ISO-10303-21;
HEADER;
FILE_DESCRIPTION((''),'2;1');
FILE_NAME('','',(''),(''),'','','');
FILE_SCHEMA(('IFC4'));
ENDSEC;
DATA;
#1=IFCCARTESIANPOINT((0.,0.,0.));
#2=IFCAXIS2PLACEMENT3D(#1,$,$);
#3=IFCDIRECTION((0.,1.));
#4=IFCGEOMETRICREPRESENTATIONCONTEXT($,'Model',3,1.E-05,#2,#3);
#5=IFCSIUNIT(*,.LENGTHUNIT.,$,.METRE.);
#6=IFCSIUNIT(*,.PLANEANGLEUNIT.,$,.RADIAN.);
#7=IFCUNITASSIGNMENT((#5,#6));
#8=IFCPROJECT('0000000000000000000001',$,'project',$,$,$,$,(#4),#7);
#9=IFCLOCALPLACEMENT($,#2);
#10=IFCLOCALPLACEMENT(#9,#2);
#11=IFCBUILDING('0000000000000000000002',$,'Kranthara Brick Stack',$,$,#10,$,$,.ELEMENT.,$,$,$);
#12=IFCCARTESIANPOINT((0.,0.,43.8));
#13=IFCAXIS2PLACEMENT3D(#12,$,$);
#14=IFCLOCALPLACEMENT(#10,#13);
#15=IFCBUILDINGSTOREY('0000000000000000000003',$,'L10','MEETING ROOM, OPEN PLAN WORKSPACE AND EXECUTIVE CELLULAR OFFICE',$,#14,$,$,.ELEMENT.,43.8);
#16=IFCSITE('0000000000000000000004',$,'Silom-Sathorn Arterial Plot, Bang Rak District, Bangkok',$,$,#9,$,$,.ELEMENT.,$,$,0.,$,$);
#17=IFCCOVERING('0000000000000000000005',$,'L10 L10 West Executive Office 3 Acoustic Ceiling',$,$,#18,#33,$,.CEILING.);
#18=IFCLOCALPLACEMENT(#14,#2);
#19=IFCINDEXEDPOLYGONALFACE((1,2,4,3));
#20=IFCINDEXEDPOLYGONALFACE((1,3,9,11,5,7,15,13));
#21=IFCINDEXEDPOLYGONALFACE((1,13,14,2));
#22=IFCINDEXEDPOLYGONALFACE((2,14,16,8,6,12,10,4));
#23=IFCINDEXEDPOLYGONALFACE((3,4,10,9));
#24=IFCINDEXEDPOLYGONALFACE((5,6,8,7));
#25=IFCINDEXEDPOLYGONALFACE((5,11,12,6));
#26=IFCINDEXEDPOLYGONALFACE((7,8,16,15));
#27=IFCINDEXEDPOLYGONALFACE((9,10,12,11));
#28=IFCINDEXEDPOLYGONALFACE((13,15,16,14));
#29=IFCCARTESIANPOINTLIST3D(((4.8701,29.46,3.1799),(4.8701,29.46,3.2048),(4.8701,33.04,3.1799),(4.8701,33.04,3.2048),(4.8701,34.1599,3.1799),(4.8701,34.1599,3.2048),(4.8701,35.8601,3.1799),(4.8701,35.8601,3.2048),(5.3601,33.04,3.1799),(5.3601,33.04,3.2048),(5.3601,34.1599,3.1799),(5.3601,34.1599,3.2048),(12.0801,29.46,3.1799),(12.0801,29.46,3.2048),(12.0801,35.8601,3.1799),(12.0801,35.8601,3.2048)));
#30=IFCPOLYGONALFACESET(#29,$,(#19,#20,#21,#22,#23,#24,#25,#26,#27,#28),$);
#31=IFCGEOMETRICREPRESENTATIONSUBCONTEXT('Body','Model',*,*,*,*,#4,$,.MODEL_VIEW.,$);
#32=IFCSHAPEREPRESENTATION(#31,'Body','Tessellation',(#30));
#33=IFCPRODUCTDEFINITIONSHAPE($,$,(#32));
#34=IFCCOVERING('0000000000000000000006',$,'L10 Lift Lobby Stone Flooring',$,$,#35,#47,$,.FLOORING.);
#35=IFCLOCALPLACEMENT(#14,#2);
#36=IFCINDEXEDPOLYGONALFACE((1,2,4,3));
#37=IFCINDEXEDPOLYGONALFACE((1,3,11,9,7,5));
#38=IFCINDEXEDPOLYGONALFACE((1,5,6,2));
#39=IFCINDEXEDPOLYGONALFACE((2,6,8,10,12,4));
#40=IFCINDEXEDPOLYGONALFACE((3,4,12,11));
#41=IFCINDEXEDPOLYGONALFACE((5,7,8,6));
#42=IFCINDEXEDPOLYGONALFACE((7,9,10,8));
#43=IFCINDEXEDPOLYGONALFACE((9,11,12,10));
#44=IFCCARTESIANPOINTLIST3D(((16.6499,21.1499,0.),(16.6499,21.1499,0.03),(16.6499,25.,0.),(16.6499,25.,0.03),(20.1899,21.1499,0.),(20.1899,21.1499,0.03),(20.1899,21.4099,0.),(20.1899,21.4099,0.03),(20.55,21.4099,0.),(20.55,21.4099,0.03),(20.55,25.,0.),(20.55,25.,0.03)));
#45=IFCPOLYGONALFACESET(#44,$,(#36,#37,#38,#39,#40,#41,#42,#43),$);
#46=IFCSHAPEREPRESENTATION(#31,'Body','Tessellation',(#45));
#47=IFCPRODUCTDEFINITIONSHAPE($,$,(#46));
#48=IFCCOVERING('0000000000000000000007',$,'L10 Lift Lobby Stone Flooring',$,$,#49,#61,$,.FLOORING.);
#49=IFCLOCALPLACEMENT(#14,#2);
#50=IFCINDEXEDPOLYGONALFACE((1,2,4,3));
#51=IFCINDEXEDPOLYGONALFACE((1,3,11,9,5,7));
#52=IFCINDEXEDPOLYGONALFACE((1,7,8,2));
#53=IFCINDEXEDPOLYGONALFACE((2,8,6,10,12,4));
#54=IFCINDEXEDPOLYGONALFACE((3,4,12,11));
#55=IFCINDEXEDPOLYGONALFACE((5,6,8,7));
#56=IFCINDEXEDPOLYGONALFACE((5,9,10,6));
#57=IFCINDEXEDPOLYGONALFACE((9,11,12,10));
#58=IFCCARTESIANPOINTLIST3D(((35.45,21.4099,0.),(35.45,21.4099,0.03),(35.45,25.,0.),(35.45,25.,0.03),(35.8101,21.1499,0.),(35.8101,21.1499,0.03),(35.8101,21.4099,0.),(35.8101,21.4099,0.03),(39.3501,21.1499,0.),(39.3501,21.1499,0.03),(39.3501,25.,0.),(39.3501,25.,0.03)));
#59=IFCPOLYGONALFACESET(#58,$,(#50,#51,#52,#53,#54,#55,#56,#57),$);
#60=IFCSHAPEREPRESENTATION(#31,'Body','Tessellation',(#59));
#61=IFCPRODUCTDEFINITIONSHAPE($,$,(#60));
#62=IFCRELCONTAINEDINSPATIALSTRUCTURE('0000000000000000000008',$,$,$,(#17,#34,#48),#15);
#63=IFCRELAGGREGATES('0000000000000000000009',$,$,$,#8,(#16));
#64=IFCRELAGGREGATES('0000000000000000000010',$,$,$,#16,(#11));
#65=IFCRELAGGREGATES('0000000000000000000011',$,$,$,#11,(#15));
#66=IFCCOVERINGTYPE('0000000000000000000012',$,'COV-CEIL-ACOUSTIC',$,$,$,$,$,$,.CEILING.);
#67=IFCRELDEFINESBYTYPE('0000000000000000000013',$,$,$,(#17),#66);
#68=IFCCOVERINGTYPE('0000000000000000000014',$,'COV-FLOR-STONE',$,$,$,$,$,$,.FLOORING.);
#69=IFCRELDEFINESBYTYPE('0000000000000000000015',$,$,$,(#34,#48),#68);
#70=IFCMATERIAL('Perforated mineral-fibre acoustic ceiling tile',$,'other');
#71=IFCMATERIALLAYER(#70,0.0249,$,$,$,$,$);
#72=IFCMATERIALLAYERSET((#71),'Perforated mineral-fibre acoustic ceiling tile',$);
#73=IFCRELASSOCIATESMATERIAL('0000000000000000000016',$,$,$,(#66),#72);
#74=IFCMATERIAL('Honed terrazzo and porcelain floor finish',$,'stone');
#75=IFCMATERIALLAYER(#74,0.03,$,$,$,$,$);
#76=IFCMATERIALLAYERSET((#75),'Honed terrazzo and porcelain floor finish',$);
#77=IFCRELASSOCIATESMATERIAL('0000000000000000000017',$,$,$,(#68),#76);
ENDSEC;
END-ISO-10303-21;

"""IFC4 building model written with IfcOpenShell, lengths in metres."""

from ifc_helpers import new_model, si_unit, direction, frame, origin, place, context, subcontext, project, spatial, polyline, outline, extrude, material, layer, layer_set, type_object, element, save


model = new_model("IFC4")

# Units and contexts
model_context = context("Model", 3, precision=1e-05, world=origin(), true_north=direction((0.0, 1.0)))
body_context = subcontext(model_context, "Body", "Model", "MODEL_VIEW")
ifc_project = project(units=[si_unit("LENGTHUNIT", "METRE"), si_unit("PLANEANGLEUNIT", "RADIAN")], contexts=[model_context])

# Site, building, storey
site_placement = place(None, origin())
site = spatial("IfcSite", under=ifc_project, at=site_placement, Name="Silom-Sathorn Arterial Plot, Bang Rak District, Bangkok", CompositionType="ELEMENT", RefElevation=0.0)
building_placement = place(site_placement, origin())
building = spatial("IfcBuilding", under=site, at=building_placement, Name="Kranthara Brick Stack", CompositionType="ELEMENT")
storey_placement = place(building_placement, frame((0.0, 0.0, 43.8)))
storey = spatial("IfcBuildingStorey", under=building, at=storey_placement, Name="L10", Description="MEETING ROOM, OPEN PLAN WORKSPACE AND EXECUTIVE CELLULAR OFFICE", CompositionType="ELEMENT", Elevation=43.8)

# Coverings
ifc_material_1 = material(Name="Perforated mineral-fibre acoustic ceiling tile", Category="other")
ifc_layer_1 = layer(ifc_material_1, 0.0249)
ifc_layer_set_1 = layer_set([ifc_layer_1], Name="Perforated mineral-fibre acoustic ceiling tile")
covering_type_1 = type_object("IfcCoveringType", Name="COV-CEIL-ACOUSTIC", PredefinedType="CEILING", material=ifc_layer_set_1)
covering_1_placement = place(storey_placement, frame((0.0, 0.0, 3.1799)))
element("IfcCovering", 1, at=covering_1_placement, inside=storey, type_object=covering_type_1, Name="L10 L10 West Executive Office 3 Acoustic Ceiling", PredefinedType="CEILING", context=body_context, shape_type="SweptSolid", body=[
    extrude(outline(polyline([(4.8701, 35.8601), (12.0801, 35.8601), (12.0801, 29.46), (4.8701, 29.46), (4.8701, 33.04), (5.3601, 33.04), (5.3601, 34.1599), (4.8701, 34.1599), (4.8701, 35.8601)])), origin(), (0.0, 0.0, 1.0), 0.0249),
])
ifc_material_2 = material(Name="Honed terrazzo and porcelain floor finish", Category="stone")
ifc_layer_2 = layer(ifc_material_2, 0.03)
ifc_layer_set_2 = layer_set([ifc_layer_2], Name="Honed terrazzo and porcelain floor finish")
covering_type_2 = type_object("IfcCoveringType", Name="COV-FLOR-STONE", PredefinedType="FLOORING", material=ifc_layer_set_2)
covering_2_placement = place(storey_placement, origin())
element("IfcCovering", 2, at=covering_2_placement, inside=storey, type_object=covering_type_2, Name="L10 Lift Lobby Stone Flooring", PredefinedType="FLOORING", context=body_context, shape_type="SweptSolid", body=[
    extrude(outline(polyline([(16.6499, 21.1499), (16.6499, 25.0), (20.55, 25.0), (20.55, 21.4099), (20.1899, 21.4099), (20.1899, 21.1499), (16.6499, 21.1499)])), origin(), (0.0, 0.0, 1.0), 0.03),
])
covering_3_placement = place(storey_placement, origin())
element("IfcCovering", 3, at=covering_3_placement, inside=storey, type_object=covering_type_2, Name="L10 Lift Lobby Stone Flooring", PredefinedType="FLOORING", context=body_context, shape_type="SweptSolid", body=[
    extrude(outline(polyline([(35.45, 25.0), (39.3501, 25.0), (39.3501, 21.1499), (35.8101, 21.1499), (35.8101, 21.4099), (35.45, 21.4099), (35.45, 25.0)])), origin(), (0.0, 0.0, 1.0), 0.03),
])

save(model, "model.ifc")
